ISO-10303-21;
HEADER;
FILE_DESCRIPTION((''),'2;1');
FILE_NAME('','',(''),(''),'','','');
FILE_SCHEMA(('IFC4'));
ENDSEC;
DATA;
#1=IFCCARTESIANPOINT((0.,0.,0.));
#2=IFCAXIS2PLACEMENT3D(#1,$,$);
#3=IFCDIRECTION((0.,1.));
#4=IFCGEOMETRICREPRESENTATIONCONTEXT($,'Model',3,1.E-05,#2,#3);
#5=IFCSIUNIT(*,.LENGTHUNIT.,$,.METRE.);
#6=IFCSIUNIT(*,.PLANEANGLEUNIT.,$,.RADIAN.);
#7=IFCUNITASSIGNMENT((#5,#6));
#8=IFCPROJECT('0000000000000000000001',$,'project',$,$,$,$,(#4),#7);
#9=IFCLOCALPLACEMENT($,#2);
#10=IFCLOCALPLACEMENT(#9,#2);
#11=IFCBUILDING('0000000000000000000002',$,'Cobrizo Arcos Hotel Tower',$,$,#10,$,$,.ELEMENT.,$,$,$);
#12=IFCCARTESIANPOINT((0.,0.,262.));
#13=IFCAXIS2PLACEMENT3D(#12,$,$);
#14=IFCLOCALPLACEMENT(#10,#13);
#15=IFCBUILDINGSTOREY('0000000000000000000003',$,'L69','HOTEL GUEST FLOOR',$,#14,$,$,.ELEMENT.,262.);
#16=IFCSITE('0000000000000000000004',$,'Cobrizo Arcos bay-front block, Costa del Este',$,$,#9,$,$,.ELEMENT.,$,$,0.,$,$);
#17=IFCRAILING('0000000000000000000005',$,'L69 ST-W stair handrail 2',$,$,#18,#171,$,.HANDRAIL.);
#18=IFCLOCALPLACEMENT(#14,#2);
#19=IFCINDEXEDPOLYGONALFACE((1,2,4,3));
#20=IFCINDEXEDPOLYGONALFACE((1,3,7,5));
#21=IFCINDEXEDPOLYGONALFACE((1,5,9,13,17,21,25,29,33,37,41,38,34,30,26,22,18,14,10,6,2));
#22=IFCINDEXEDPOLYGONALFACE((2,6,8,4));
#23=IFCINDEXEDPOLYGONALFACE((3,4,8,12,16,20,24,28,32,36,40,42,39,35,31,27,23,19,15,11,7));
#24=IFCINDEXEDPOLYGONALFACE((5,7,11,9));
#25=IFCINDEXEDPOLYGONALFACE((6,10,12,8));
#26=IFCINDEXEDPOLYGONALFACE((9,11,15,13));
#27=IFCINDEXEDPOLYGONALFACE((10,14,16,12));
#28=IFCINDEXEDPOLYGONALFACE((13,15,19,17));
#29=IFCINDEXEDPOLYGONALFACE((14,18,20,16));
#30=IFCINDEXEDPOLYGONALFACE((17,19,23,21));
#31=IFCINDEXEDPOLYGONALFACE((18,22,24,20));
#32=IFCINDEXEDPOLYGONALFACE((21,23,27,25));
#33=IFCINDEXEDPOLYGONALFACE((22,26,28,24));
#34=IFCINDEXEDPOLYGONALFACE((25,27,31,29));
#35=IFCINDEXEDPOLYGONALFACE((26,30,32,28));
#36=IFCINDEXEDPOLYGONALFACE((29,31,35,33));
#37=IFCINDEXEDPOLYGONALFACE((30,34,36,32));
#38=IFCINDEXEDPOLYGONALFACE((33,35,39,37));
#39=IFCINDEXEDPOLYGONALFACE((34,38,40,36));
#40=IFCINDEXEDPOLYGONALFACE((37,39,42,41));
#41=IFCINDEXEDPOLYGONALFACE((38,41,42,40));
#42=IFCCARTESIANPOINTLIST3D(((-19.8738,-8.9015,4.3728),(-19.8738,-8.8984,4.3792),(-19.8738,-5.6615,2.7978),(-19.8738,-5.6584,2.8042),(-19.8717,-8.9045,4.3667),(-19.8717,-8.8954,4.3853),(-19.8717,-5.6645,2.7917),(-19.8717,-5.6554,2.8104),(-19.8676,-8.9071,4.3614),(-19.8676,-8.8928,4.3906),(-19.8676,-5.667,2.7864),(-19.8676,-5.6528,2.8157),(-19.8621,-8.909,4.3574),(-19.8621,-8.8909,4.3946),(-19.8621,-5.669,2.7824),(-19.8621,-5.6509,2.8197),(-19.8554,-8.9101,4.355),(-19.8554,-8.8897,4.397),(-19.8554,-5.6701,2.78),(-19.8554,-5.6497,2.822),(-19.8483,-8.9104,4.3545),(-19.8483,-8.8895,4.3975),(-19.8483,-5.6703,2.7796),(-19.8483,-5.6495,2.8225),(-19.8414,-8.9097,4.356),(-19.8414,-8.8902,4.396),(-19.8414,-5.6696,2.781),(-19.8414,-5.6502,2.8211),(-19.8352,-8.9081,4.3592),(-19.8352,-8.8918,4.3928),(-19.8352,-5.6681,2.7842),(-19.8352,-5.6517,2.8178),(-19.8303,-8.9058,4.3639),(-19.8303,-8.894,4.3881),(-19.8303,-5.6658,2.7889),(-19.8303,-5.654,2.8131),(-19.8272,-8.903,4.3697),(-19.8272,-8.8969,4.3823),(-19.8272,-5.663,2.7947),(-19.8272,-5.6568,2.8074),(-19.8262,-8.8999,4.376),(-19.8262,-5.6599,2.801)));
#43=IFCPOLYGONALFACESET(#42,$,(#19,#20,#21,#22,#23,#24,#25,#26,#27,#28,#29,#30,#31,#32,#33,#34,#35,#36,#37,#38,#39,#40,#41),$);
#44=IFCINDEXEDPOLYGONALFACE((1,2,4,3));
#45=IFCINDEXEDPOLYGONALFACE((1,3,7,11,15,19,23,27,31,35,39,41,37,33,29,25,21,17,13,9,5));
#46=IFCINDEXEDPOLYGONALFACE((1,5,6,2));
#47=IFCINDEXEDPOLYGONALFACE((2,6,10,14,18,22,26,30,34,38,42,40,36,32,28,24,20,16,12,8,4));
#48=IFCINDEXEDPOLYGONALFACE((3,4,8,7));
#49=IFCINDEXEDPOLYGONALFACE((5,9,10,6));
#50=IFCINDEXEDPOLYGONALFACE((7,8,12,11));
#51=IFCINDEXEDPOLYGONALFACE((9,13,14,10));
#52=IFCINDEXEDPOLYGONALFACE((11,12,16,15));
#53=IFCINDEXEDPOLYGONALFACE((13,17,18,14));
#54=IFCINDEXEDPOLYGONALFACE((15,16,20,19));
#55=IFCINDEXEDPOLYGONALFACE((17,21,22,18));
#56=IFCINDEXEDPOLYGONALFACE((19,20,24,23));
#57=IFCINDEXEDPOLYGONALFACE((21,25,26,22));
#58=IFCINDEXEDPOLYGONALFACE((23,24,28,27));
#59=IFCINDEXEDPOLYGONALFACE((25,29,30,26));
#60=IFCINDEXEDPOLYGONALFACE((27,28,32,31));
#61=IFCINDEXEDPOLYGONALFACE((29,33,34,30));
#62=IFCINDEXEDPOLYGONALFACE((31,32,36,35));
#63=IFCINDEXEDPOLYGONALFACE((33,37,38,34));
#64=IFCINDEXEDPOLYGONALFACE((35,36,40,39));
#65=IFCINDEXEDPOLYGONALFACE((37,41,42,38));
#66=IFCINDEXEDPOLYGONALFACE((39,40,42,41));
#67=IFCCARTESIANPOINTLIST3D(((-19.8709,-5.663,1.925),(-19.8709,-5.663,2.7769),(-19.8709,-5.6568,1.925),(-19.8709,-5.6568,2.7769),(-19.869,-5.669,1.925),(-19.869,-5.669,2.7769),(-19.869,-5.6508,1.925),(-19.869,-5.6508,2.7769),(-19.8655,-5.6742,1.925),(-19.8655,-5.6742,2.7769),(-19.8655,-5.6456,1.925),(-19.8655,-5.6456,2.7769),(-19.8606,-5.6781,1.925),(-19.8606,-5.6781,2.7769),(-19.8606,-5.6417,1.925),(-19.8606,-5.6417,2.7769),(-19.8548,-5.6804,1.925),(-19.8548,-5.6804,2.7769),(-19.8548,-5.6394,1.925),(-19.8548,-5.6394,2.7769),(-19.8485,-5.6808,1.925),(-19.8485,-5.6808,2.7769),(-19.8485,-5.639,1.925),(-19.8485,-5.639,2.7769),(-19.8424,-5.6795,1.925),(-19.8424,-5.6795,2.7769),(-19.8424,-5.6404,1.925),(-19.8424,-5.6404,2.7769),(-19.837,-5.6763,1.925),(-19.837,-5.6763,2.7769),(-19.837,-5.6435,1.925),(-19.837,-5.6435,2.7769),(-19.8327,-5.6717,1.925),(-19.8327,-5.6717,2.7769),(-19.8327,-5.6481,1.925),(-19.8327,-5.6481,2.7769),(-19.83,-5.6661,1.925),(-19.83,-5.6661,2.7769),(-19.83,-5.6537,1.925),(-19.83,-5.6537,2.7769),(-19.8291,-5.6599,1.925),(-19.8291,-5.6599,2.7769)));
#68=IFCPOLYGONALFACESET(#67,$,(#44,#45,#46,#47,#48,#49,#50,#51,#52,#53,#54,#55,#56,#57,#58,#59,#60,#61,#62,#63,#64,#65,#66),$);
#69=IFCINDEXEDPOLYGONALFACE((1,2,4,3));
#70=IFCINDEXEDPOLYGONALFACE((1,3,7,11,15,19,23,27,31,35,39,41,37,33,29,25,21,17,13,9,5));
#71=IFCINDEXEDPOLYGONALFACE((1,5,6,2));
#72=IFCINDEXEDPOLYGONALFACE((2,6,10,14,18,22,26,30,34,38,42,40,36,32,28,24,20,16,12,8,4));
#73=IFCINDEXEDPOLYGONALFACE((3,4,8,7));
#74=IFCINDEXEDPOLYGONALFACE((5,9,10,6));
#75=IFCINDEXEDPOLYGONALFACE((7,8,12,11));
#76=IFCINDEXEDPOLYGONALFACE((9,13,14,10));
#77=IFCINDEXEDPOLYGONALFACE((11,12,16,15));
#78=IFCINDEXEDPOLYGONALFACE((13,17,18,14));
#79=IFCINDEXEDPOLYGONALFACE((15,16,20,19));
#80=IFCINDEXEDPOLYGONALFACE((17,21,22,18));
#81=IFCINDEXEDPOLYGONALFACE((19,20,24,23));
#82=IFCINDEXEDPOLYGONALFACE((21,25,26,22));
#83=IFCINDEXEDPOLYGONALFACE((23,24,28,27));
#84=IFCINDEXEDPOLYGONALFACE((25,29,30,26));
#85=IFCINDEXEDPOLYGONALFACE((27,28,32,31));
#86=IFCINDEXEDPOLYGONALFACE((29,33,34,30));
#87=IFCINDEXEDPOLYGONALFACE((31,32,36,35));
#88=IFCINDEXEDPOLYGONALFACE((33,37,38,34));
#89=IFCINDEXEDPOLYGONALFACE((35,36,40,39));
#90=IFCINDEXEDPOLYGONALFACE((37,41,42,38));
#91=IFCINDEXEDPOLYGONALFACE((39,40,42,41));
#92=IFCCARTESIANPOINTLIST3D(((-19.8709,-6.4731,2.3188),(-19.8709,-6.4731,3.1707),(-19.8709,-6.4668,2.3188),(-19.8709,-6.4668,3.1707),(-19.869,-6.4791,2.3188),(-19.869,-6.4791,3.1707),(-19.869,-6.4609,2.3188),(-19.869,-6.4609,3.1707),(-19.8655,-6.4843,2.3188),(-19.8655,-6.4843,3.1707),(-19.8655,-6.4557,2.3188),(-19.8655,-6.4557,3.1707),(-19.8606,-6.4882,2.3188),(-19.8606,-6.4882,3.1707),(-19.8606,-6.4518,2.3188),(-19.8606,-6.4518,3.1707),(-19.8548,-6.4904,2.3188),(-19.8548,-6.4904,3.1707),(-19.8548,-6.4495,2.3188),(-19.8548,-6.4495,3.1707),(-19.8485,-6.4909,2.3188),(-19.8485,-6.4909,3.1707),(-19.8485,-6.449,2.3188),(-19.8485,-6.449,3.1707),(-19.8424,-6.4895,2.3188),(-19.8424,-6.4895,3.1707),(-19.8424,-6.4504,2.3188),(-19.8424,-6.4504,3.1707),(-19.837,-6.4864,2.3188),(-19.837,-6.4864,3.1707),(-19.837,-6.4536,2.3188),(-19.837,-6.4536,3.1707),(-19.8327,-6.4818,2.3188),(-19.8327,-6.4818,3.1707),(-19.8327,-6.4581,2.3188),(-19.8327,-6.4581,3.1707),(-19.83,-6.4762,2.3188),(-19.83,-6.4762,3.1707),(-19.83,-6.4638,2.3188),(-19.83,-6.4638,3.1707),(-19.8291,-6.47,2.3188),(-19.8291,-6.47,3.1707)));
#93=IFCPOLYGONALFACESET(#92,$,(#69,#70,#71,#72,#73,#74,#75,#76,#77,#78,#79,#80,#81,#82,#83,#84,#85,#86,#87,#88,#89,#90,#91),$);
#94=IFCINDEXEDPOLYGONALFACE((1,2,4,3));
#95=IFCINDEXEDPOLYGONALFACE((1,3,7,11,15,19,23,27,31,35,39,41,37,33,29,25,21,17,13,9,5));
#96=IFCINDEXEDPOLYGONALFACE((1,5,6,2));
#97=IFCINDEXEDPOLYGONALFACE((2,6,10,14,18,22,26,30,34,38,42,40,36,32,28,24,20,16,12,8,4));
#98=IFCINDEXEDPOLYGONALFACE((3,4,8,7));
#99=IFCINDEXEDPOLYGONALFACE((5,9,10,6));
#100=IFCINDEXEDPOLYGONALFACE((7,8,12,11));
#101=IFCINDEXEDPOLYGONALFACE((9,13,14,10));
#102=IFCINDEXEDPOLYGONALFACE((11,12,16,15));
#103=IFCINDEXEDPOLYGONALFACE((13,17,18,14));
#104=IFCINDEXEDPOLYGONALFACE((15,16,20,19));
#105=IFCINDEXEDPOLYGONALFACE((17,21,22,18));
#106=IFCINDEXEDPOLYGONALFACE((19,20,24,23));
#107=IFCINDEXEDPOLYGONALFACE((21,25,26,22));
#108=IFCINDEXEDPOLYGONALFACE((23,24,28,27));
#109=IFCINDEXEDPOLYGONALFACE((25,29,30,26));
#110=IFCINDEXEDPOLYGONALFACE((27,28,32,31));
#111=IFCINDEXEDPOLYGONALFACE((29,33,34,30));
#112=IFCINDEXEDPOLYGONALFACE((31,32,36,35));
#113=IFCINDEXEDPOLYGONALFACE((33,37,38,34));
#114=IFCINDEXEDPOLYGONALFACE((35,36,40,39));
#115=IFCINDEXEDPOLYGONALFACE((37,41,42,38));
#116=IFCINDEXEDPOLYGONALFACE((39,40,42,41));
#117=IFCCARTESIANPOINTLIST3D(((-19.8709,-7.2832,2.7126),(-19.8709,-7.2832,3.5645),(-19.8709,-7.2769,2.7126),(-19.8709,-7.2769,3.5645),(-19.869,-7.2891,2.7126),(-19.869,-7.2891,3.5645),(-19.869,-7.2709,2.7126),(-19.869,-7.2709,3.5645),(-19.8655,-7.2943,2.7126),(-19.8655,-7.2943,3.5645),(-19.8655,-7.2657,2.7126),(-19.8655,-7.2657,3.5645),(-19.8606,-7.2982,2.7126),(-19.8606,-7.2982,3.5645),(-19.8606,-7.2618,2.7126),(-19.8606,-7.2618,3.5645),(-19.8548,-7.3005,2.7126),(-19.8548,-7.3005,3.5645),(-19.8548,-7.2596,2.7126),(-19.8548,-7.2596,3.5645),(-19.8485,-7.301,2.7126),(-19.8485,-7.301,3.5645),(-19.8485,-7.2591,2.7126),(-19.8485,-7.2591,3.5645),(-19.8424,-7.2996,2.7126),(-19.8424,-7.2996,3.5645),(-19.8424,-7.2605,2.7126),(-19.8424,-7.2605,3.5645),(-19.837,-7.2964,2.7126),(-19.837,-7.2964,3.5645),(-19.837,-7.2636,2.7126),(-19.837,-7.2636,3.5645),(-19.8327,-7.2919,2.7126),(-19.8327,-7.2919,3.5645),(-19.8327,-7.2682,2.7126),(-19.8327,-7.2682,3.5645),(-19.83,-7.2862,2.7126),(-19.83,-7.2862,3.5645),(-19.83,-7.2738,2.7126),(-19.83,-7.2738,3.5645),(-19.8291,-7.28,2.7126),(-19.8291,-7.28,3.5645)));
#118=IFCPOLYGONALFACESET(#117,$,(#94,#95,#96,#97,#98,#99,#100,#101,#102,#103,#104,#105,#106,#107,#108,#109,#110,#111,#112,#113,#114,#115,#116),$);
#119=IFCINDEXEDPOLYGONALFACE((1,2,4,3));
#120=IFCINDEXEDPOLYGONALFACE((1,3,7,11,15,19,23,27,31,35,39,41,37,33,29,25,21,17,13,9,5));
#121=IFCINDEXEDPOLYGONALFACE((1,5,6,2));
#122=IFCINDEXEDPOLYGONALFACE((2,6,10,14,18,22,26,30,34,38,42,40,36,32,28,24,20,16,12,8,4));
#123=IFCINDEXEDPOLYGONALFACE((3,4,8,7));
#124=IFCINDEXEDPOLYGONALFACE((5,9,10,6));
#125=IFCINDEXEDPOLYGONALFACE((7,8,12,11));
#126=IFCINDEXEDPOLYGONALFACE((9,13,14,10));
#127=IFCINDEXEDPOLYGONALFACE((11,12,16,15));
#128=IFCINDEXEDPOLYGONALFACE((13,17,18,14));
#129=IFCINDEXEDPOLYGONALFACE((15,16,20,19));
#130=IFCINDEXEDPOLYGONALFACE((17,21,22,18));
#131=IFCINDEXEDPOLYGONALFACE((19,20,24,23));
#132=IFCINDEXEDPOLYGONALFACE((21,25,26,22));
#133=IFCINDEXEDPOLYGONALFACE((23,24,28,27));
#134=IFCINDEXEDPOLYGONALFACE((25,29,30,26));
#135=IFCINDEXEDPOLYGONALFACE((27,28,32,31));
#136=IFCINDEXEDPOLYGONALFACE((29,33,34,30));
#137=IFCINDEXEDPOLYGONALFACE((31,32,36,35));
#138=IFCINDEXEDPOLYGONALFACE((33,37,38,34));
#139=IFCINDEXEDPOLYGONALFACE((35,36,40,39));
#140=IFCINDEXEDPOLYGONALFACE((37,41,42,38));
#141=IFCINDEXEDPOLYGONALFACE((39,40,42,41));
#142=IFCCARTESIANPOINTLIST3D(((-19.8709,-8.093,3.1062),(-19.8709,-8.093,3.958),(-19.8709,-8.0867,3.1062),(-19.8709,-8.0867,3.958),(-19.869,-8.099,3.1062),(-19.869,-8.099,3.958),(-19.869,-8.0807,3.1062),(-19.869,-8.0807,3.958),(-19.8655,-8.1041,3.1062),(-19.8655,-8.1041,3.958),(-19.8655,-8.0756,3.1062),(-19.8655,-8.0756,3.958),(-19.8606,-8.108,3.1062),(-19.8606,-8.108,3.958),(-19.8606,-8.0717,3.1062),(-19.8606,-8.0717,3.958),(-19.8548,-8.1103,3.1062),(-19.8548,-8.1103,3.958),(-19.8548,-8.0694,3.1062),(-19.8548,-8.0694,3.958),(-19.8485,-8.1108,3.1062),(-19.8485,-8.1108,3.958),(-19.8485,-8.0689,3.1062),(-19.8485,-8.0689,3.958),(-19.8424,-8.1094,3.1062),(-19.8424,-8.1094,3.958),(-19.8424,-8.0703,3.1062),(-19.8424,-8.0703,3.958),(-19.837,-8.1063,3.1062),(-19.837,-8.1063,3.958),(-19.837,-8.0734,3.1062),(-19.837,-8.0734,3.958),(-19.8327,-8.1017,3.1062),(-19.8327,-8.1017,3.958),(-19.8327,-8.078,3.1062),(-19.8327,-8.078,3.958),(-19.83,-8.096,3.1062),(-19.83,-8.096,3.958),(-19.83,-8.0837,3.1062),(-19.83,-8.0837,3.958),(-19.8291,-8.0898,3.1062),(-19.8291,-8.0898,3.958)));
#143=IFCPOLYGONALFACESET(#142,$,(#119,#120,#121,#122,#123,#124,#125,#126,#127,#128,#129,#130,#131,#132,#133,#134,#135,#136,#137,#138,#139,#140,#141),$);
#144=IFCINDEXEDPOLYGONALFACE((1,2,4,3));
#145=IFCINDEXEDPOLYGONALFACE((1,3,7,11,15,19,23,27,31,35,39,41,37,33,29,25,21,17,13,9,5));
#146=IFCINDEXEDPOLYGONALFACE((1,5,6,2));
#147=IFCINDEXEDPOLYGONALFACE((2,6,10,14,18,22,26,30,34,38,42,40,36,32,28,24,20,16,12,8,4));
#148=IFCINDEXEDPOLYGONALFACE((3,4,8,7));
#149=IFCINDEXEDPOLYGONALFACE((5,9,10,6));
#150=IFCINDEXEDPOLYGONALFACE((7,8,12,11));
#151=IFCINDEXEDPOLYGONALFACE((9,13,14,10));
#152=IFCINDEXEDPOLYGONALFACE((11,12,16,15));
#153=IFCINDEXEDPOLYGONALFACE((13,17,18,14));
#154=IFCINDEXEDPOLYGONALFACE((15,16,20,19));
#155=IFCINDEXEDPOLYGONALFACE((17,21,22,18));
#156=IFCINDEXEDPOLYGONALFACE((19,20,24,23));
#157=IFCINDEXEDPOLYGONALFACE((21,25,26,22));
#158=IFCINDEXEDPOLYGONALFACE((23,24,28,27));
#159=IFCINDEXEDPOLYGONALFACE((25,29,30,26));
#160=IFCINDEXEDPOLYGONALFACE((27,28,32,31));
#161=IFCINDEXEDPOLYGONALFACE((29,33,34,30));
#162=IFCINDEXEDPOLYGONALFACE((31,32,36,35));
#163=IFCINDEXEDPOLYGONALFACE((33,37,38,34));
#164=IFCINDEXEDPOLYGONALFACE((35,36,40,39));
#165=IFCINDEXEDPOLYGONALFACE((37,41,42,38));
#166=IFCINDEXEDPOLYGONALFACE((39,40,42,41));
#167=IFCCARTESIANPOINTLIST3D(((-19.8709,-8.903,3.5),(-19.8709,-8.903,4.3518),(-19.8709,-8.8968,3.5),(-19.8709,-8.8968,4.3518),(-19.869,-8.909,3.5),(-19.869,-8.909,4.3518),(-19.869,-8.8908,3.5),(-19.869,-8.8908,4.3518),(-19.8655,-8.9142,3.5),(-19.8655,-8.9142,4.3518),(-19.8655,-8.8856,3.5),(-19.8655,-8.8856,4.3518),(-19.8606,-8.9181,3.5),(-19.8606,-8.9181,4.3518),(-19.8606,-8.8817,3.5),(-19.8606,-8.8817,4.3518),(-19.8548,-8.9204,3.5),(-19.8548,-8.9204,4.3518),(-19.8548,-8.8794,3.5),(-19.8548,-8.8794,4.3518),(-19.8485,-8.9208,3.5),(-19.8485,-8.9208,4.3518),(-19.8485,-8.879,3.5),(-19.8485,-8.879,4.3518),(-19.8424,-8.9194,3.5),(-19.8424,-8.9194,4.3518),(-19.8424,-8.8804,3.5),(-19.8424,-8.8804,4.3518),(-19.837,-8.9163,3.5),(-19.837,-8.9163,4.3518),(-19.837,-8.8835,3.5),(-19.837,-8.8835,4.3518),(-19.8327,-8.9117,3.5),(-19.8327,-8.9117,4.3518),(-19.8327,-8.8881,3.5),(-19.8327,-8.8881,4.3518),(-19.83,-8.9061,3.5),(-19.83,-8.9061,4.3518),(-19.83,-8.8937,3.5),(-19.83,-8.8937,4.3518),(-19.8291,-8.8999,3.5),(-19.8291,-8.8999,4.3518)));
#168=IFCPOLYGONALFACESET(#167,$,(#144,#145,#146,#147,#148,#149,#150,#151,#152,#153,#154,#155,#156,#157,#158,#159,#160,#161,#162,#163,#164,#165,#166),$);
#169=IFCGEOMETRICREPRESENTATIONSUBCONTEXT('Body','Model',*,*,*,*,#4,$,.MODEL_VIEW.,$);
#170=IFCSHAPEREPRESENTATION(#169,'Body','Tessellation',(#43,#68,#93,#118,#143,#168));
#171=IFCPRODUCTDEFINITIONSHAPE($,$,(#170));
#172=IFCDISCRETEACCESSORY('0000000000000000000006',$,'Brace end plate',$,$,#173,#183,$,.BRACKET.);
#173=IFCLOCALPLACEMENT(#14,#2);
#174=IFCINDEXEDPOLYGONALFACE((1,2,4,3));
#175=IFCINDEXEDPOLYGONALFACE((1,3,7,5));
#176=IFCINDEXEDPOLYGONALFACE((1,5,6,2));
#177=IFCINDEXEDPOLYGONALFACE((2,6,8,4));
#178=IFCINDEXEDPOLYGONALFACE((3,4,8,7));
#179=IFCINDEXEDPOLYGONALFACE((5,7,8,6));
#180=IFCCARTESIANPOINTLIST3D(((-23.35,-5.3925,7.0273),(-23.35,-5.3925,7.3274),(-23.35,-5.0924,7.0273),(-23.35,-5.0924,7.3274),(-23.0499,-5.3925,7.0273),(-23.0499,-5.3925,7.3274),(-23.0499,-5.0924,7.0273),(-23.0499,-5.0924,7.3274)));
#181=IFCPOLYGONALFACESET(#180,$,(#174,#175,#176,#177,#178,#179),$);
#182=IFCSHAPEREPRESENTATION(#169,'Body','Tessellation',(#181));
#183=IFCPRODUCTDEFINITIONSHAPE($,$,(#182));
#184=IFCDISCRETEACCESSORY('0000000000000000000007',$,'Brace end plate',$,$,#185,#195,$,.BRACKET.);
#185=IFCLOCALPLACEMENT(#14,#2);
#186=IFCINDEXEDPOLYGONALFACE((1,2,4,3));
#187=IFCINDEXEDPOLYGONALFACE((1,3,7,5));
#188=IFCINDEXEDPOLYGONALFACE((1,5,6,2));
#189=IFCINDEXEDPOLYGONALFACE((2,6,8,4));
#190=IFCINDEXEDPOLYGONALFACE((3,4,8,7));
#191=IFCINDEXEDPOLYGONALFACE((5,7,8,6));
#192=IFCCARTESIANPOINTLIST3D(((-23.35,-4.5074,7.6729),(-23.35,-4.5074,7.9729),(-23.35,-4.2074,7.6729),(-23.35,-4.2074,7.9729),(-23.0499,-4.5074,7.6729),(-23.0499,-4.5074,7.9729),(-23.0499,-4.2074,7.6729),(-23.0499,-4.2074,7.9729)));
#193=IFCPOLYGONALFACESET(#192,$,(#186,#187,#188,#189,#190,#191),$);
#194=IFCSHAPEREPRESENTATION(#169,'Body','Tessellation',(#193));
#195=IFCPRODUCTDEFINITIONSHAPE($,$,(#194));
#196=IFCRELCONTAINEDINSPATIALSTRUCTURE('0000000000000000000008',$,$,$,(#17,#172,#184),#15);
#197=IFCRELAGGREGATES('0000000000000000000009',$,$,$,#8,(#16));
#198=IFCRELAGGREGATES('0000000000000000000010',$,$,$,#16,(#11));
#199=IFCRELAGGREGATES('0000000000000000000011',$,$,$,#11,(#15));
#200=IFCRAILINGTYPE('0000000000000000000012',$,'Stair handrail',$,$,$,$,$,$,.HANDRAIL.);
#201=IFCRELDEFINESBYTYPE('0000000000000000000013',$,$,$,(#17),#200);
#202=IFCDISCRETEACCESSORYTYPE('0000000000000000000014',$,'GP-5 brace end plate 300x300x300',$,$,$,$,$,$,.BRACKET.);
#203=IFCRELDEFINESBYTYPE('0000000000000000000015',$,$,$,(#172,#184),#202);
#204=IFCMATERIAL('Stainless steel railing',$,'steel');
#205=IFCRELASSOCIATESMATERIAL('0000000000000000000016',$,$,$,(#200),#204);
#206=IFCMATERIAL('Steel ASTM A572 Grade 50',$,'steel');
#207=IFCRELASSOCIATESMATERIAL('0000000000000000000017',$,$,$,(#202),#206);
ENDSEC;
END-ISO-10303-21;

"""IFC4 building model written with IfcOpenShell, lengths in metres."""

from ifc_helpers import new_model, si_unit, direction, frame, origin, origin_2d, place, context, subcontext, project, spatial, rectangle, circle, extrude, material, type_object, element, save


model = new_model("IFC4")

# Units and contexts
model_context = context("Model", 3, precision=1e-05, world=origin(), true_north=direction((0.0, 1.0)))
body_context = subcontext(model_context, "Body", "Model", "MODEL_VIEW")
ifc_project = project(units=[si_unit("LENGTHUNIT", "METRE"), si_unit("PLANEANGLEUNIT", "RADIAN")], contexts=[model_context])

# Site, building, storey
site_placement = place(None, origin())
site = spatial("IfcSite", under=ifc_project, at=site_placement, Name="Cobrizo Arcos bay-front block, Costa del Este", CompositionType="ELEMENT", RefElevation=0.0)
building_placement = place(site_placement, origin())
building = spatial("IfcBuilding", under=site, at=building_placement, Name="Cobrizo Arcos Hotel Tower", CompositionType="ELEMENT")
storey_placement = place(building_placement, frame((0.0, 0.0, 262.0)))
storey = spatial("IfcBuildingStorey", under=building, at=storey_placement, Name="L69", Description="HOTEL GUEST FLOOR", CompositionType="ELEMENT", Elevation=262.0)

# Shared definitions
ifc_material_1 = material(Name="Steel ASTM A572 Grade 50", Category="steel")

# Railing
ifc_material_2 = material(Name="Stainless steel railing", Category="steel")
railing_type_1 = type_object("IfcRailingType", Name="Stair handrail", PredefinedType="HANDRAIL", material=ifc_material_2)
railing_1_placement = place(storey_placement, frame((-19.8501, -5.6599, 1.925)))
element("IfcRailing", 1, at=railing_1_placement, inside=storey, type_object=railing_type_1, Name="L69 ST-W stair handrail 2", PredefinedType="HANDRAIL", context=body_context, shape_type="SweptSolid", body=[
    extrude(circle(Radius=0.0239, at=origin_2d()), frame((0.0, 0.0, 0.876), z_axis=(0.0, -0.899373, 0.437183), x_axis=(1.0, 0.0, 0.0)), (0.0, 0.0, 1.0), 3.6025),
    extrude(circle(Radius=0.021, at=origin_2d()), origin(), (0.0, 0.0, 1.0), 0.8518),
    extrude(circle(Radius=0.021, at=origin_2d()), frame((0.0, -0.8101, 0.3938)), (0.0, 0.0, 1.0), 0.8518),
    extrude(circle(Radius=0.021, at=origin_2d()), frame((0.0, -1.6201, 0.7876)), (0.0, 0.0, 1.0), 0.8518),
    extrude(circle(Radius=0.021, at=origin_2d()), frame((0.0, -2.4299, 1.1812)), (0.0, 0.0, 1.0), 0.8518),
    extrude(circle(Radius=0.021, at=origin_2d()), frame((0.0, -3.24, 1.575)), (0.0, 0.0, 1.0), 0.8518),
])

# Discrete accessories
discrete_accessory_type = type_object("IfcDiscreteAccessoryType", Name="GP-5 brace end plate 300x300x300", PredefinedType="BRACKET", material=ifc_material_1)
for number, where, z_axis, x_axis, name in (
    (2, (-23.2, -5.2424, 7.0273), (0.0, 0.0, 1.0), (1.0, 0.0, 0.0), "Brace end plate"),
    (3, (-23.2, -4.3574, 7.6729), (0.0, 0.0, 1.0), (1.0, 0.0, 0.0), "Brace end plate"),
):
    element("IfcDiscreteAccessory", number, at=place(storey_placement, frame(where, z_axis=z_axis, x_axis=x_axis)), inside=storey, type_object=discrete_accessory_type, Name=name, PredefinedType="BRACKET", context=body_context, shape_type="SweptSolid", body=[
        extrude(rectangle(XDim=0.3, YDim=0.3, at=origin_2d()), origin(), (0.0, 0.0, 1.0), 0.3),
    ])

save(model, "model.ifc")
